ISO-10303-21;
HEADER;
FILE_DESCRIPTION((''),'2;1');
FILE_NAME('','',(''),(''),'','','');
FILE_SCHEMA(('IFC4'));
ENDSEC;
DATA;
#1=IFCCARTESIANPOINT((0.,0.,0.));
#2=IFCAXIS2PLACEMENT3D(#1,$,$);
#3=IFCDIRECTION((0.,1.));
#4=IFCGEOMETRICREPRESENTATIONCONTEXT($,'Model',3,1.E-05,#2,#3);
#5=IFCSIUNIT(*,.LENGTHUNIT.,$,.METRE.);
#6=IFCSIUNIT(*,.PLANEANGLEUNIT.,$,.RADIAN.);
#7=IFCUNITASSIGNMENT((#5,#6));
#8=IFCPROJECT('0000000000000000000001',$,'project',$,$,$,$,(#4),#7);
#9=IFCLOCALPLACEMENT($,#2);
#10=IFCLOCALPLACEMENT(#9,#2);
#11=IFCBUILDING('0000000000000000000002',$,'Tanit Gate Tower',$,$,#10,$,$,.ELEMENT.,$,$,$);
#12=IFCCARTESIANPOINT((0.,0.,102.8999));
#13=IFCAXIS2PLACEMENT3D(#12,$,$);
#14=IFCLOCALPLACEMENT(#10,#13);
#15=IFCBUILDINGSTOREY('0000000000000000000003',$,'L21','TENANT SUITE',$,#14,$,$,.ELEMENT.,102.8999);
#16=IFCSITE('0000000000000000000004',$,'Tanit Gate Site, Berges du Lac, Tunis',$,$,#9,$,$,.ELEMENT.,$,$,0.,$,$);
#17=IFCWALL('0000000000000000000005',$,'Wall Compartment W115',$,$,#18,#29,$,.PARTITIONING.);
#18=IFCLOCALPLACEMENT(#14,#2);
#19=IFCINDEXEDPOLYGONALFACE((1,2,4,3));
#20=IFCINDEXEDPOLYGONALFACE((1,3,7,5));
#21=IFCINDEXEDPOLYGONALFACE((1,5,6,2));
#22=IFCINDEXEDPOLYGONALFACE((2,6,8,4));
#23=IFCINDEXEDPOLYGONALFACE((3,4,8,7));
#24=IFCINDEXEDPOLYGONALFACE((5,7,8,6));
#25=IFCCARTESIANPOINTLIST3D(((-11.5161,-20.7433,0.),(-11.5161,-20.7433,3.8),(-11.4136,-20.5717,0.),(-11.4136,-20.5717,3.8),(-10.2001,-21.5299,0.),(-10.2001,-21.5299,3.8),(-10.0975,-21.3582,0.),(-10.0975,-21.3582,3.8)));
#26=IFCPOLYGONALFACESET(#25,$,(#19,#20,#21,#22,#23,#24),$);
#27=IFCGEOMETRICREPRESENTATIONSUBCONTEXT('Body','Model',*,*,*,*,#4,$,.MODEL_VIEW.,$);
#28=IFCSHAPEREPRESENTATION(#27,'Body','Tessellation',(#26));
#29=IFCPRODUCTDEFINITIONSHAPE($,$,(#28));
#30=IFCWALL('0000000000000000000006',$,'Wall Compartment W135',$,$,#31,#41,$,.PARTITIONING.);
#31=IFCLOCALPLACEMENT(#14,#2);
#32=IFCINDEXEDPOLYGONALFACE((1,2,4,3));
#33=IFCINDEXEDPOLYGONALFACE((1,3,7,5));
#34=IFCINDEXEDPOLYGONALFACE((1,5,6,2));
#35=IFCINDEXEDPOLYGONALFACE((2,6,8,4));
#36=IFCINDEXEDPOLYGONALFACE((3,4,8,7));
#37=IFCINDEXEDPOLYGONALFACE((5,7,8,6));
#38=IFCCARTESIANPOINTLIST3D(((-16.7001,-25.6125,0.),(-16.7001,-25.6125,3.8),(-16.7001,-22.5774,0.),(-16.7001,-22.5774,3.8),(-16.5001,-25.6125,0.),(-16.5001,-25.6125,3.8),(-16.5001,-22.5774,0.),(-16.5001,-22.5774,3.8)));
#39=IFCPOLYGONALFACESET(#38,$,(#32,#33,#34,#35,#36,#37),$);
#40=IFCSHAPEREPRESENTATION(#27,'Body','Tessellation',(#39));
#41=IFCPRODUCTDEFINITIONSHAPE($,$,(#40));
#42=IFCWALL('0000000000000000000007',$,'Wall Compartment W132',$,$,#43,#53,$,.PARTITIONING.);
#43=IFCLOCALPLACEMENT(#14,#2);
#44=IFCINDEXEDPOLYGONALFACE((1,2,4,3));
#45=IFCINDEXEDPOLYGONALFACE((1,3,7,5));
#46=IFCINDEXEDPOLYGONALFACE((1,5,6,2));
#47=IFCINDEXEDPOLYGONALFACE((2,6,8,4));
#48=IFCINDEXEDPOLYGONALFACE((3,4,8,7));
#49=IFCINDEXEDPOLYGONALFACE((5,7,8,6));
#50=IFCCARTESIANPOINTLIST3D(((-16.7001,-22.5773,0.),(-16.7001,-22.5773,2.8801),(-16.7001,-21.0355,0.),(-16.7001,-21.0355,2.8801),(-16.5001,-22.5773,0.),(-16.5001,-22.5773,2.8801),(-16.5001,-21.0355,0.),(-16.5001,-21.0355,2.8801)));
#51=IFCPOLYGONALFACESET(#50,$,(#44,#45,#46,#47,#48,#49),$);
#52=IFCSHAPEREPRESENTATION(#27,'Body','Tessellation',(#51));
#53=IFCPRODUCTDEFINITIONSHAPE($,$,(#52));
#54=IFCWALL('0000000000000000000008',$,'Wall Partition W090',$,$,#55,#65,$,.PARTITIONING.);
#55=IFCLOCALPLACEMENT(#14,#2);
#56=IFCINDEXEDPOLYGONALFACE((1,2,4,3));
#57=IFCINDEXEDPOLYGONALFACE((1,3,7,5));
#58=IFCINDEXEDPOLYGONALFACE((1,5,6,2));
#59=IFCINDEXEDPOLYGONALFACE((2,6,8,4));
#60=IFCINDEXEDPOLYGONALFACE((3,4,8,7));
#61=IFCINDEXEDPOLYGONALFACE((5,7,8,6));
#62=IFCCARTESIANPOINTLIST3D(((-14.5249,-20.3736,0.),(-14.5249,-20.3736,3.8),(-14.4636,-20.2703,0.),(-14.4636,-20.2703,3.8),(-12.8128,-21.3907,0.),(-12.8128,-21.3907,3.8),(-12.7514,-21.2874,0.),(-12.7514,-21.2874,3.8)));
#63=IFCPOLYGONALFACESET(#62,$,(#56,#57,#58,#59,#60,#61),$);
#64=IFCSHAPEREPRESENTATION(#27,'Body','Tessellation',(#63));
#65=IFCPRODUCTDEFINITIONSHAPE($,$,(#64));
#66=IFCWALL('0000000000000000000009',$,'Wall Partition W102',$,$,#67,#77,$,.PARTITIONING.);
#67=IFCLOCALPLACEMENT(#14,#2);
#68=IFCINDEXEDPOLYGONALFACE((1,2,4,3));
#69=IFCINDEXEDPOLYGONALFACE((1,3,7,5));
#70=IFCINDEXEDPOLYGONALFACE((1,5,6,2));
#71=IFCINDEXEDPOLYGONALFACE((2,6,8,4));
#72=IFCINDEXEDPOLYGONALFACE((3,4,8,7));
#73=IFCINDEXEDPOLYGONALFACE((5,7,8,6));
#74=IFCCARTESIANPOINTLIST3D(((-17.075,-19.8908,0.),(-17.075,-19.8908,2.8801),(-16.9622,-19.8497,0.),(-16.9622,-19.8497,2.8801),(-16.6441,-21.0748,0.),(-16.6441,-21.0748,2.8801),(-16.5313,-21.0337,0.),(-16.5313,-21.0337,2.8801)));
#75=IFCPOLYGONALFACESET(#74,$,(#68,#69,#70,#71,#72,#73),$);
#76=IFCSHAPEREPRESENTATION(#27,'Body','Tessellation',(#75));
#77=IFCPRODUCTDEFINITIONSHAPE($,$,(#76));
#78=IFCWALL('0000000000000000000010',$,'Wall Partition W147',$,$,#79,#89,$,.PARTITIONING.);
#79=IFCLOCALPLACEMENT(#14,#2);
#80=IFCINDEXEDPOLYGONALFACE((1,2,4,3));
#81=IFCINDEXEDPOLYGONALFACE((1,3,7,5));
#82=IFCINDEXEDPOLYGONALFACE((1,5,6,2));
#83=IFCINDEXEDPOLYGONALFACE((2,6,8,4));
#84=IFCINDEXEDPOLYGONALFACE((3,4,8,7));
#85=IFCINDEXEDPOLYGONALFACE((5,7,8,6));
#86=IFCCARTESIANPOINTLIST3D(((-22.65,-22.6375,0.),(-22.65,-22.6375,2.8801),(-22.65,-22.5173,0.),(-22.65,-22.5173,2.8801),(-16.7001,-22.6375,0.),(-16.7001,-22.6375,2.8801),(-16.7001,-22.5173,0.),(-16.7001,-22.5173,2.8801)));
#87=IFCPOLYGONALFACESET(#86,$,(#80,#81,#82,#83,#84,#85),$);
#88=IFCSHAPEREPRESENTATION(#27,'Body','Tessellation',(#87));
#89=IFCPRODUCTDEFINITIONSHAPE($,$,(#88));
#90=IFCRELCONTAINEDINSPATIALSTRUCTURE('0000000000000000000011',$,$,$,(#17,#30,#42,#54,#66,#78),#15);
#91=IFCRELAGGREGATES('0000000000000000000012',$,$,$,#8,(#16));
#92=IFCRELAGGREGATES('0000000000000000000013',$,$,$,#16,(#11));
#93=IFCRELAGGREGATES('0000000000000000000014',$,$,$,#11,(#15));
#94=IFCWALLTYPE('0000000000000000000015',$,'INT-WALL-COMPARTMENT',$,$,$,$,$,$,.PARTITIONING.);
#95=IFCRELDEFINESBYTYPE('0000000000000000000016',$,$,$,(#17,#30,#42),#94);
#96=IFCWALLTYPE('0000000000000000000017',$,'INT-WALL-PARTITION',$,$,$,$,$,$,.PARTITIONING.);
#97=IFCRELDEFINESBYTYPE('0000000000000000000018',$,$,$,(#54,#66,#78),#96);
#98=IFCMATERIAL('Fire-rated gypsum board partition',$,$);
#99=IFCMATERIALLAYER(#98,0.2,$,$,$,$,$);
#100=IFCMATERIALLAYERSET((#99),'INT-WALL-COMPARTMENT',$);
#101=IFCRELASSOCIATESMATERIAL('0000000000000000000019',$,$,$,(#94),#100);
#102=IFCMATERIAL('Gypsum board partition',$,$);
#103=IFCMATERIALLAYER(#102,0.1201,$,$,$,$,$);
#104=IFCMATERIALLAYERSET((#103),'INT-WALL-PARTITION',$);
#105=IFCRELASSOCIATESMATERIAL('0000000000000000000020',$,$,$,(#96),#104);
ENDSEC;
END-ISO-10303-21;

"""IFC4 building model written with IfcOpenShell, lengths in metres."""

from ifc_helpers import new_model, si_unit, direction, frame, frame_2d, origin, place, context, subcontext, project, spatial, rectangle, extrude, material, layer, layer_set, type_object, element, save


model = new_model("IFC4")

# Units and contexts
model_context = context("Model", 3, precision=1e-05, world=origin(), true_north=direction((0.0, 1.0)))
body_context = subcontext(model_context, "Body", "Model", "MODEL_VIEW")
ifc_project = project(units=[si_unit("LENGTHUNIT", "METRE"), si_unit("PLANEANGLEUNIT", "RADIAN")], contexts=[model_context])

# Site, building, storey
site_placement = place(None, origin())
site = spatial("IfcSite", under=ifc_project, at=site_placement, Name="Tanit Gate Site, Berges du Lac, Tunis", CompositionType="ELEMENT", RefElevation=0.0)
building_placement = place(site_placement, origin())
building = spatial("IfcBuilding", under=site, at=building_placement, Name="Tanit Gate Tower", CompositionType="ELEMENT")
storey_placement = place(building_placement, frame((0.0, 0.0, 102.8999)))
storey = spatial("IfcBuildingStorey", under=building, at=storey_placement, Name="L21", Description="TENANT SUITE", CompositionType="ELEMENT", Elevation=102.8999)

# Shared definitions
ifc_material_1 = material(Name="Fire-rated gypsum board partition")
ifc_layer_1 = layer(ifc_material_1, 0.2)
ifc_layer_set_1 = layer_set([ifc_layer_1], Name="INT-WALL-COMPARTMENT")
wall_type_1 = type_object("IfcWallType", Name="INT-WALL-COMPARTMENT", PredefinedType="PARTITIONING", material=ifc_layer_set_1)

# Walls
wall_1_placement = place(storey_placement, frame((-11.4648, -20.6575, 0.0), z_axis=(0.0, 0.0, 1.0), x_axis=(0.858377, -0.51302, 0.0)))
element("IfcWall", 1, at=wall_1_placement, inside=storey, type_object=wall_type_1, Name="Wall Compartment W115", PredefinedType="PARTITIONING", context=body_context, shape_type="SweptSolid", body=[
    extrude(rectangle(XDim=1.5332, YDim=0.2, at=frame_2d((0.7666, 0.0))), origin(), (0.0, 0.0, 1.0), 3.8),
])
wall_2_placement = place(storey_placement, frame((-16.6001, -25.6125, 0.0), z_axis=(0.0, 0.0, 1.0), x_axis=(0.0, 1.0, 0.0)))
element("IfcWall", 2, at=wall_2_placement, inside=storey, type_object=wall_type_1, Name="Wall Compartment W135", PredefinedType="PARTITIONING", context=body_context, shape_type="SweptSolid", body=[
    extrude(rectangle(XDim=3.0352, YDim=0.2, at=frame_2d((1.5176, 0.0))), origin(), (0.0, 0.0, 1.0), 3.8),
])
wall_3_placement = place(storey_placement, frame((-16.6001, -22.5774, 0.0), z_axis=(0.0, 0.0, 1.0), x_axis=(0.0, 1.0, 0.0)))
element("IfcWall", 3, at=wall_3_placement, inside=storey, type_object=wall_type_1, Name="Wall Compartment W132", PredefinedType="PARTITIONING", context=body_context, shape_type="SweptSolid", body=[
    extrude(rectangle(XDim=1.5417, YDim=0.2, at=frame_2d((0.771, 0.0))), origin(), (0.0, 0.0, 1.0), 2.8801),
])
ifc_material_2 = material(Name="Gypsum board partition")
ifc_layer_2 = layer(ifc_material_2, 0.1201)
ifc_layer_set_2 = layer_set([ifc_layer_2], Name="INT-WALL-PARTITION")
wall_type_2 = type_object("IfcWallType", Name="INT-WALL-PARTITION", PredefinedType="PARTITIONING", material=ifc_layer_set_2)
wall_4_placement = place(storey_placement, frame((-14.4941, -20.322, 0.0), z_axis=(0.0, 0.0, 1.0), x_axis=(0.859745, -0.510723, 0.0)))
element("IfcWall", 4, at=wall_4_placement, inside=storey, type_object=wall_type_2, Name="Wall Partition W090", PredefinedType="PARTITIONING", context=body_context, shape_type="SweptSolid", body=[
    extrude(rectangle(XDim=1.9915, YDim=0.1201, at=frame_2d((0.9956, 0.0))), origin(), (0.0, 0.0, 1.0), 3.8),
])
wall_5_placement = place(storey_placement, frame((-17.0186, -19.8704, 0.0), z_axis=(0.0, 0.0, 1.0), x_axis=(0.341976, -0.939709, 0.0)))
element("IfcWall", 5, at=wall_5_placement, inside=storey, type_object=wall_type_2, Name="Wall Partition W102", PredefinedType="PARTITIONING", context=body_context, shape_type="SweptSolid", body=[
    extrude(rectangle(XDim=1.26, YDim=0.1201, at=frame_2d((0.6299, 0.0))), origin(), (0.0, 0.0, 1.0), 2.8801),
])
wall_6_placement = place(storey_placement, frame((-16.7, -22.5774, 0.0), z_axis=(0.0, 0.0, 1.0), x_axis=(-1.0, 0.0, 0.0)))
element("IfcWall", 6, at=wall_6_placement, inside=storey, type_object=wall_type_2, Name="Wall Partition W147", PredefinedType="PARTITIONING", context=body_context, shape_type="SweptSolid", body=[
    extrude(rectangle(XDim=5.95, YDim=0.1201, at=frame_2d((2.9751, 0.0))), origin(), (0.0, 0.0, 1.0), 2.8801),
])

save(model, "model.ifc")
